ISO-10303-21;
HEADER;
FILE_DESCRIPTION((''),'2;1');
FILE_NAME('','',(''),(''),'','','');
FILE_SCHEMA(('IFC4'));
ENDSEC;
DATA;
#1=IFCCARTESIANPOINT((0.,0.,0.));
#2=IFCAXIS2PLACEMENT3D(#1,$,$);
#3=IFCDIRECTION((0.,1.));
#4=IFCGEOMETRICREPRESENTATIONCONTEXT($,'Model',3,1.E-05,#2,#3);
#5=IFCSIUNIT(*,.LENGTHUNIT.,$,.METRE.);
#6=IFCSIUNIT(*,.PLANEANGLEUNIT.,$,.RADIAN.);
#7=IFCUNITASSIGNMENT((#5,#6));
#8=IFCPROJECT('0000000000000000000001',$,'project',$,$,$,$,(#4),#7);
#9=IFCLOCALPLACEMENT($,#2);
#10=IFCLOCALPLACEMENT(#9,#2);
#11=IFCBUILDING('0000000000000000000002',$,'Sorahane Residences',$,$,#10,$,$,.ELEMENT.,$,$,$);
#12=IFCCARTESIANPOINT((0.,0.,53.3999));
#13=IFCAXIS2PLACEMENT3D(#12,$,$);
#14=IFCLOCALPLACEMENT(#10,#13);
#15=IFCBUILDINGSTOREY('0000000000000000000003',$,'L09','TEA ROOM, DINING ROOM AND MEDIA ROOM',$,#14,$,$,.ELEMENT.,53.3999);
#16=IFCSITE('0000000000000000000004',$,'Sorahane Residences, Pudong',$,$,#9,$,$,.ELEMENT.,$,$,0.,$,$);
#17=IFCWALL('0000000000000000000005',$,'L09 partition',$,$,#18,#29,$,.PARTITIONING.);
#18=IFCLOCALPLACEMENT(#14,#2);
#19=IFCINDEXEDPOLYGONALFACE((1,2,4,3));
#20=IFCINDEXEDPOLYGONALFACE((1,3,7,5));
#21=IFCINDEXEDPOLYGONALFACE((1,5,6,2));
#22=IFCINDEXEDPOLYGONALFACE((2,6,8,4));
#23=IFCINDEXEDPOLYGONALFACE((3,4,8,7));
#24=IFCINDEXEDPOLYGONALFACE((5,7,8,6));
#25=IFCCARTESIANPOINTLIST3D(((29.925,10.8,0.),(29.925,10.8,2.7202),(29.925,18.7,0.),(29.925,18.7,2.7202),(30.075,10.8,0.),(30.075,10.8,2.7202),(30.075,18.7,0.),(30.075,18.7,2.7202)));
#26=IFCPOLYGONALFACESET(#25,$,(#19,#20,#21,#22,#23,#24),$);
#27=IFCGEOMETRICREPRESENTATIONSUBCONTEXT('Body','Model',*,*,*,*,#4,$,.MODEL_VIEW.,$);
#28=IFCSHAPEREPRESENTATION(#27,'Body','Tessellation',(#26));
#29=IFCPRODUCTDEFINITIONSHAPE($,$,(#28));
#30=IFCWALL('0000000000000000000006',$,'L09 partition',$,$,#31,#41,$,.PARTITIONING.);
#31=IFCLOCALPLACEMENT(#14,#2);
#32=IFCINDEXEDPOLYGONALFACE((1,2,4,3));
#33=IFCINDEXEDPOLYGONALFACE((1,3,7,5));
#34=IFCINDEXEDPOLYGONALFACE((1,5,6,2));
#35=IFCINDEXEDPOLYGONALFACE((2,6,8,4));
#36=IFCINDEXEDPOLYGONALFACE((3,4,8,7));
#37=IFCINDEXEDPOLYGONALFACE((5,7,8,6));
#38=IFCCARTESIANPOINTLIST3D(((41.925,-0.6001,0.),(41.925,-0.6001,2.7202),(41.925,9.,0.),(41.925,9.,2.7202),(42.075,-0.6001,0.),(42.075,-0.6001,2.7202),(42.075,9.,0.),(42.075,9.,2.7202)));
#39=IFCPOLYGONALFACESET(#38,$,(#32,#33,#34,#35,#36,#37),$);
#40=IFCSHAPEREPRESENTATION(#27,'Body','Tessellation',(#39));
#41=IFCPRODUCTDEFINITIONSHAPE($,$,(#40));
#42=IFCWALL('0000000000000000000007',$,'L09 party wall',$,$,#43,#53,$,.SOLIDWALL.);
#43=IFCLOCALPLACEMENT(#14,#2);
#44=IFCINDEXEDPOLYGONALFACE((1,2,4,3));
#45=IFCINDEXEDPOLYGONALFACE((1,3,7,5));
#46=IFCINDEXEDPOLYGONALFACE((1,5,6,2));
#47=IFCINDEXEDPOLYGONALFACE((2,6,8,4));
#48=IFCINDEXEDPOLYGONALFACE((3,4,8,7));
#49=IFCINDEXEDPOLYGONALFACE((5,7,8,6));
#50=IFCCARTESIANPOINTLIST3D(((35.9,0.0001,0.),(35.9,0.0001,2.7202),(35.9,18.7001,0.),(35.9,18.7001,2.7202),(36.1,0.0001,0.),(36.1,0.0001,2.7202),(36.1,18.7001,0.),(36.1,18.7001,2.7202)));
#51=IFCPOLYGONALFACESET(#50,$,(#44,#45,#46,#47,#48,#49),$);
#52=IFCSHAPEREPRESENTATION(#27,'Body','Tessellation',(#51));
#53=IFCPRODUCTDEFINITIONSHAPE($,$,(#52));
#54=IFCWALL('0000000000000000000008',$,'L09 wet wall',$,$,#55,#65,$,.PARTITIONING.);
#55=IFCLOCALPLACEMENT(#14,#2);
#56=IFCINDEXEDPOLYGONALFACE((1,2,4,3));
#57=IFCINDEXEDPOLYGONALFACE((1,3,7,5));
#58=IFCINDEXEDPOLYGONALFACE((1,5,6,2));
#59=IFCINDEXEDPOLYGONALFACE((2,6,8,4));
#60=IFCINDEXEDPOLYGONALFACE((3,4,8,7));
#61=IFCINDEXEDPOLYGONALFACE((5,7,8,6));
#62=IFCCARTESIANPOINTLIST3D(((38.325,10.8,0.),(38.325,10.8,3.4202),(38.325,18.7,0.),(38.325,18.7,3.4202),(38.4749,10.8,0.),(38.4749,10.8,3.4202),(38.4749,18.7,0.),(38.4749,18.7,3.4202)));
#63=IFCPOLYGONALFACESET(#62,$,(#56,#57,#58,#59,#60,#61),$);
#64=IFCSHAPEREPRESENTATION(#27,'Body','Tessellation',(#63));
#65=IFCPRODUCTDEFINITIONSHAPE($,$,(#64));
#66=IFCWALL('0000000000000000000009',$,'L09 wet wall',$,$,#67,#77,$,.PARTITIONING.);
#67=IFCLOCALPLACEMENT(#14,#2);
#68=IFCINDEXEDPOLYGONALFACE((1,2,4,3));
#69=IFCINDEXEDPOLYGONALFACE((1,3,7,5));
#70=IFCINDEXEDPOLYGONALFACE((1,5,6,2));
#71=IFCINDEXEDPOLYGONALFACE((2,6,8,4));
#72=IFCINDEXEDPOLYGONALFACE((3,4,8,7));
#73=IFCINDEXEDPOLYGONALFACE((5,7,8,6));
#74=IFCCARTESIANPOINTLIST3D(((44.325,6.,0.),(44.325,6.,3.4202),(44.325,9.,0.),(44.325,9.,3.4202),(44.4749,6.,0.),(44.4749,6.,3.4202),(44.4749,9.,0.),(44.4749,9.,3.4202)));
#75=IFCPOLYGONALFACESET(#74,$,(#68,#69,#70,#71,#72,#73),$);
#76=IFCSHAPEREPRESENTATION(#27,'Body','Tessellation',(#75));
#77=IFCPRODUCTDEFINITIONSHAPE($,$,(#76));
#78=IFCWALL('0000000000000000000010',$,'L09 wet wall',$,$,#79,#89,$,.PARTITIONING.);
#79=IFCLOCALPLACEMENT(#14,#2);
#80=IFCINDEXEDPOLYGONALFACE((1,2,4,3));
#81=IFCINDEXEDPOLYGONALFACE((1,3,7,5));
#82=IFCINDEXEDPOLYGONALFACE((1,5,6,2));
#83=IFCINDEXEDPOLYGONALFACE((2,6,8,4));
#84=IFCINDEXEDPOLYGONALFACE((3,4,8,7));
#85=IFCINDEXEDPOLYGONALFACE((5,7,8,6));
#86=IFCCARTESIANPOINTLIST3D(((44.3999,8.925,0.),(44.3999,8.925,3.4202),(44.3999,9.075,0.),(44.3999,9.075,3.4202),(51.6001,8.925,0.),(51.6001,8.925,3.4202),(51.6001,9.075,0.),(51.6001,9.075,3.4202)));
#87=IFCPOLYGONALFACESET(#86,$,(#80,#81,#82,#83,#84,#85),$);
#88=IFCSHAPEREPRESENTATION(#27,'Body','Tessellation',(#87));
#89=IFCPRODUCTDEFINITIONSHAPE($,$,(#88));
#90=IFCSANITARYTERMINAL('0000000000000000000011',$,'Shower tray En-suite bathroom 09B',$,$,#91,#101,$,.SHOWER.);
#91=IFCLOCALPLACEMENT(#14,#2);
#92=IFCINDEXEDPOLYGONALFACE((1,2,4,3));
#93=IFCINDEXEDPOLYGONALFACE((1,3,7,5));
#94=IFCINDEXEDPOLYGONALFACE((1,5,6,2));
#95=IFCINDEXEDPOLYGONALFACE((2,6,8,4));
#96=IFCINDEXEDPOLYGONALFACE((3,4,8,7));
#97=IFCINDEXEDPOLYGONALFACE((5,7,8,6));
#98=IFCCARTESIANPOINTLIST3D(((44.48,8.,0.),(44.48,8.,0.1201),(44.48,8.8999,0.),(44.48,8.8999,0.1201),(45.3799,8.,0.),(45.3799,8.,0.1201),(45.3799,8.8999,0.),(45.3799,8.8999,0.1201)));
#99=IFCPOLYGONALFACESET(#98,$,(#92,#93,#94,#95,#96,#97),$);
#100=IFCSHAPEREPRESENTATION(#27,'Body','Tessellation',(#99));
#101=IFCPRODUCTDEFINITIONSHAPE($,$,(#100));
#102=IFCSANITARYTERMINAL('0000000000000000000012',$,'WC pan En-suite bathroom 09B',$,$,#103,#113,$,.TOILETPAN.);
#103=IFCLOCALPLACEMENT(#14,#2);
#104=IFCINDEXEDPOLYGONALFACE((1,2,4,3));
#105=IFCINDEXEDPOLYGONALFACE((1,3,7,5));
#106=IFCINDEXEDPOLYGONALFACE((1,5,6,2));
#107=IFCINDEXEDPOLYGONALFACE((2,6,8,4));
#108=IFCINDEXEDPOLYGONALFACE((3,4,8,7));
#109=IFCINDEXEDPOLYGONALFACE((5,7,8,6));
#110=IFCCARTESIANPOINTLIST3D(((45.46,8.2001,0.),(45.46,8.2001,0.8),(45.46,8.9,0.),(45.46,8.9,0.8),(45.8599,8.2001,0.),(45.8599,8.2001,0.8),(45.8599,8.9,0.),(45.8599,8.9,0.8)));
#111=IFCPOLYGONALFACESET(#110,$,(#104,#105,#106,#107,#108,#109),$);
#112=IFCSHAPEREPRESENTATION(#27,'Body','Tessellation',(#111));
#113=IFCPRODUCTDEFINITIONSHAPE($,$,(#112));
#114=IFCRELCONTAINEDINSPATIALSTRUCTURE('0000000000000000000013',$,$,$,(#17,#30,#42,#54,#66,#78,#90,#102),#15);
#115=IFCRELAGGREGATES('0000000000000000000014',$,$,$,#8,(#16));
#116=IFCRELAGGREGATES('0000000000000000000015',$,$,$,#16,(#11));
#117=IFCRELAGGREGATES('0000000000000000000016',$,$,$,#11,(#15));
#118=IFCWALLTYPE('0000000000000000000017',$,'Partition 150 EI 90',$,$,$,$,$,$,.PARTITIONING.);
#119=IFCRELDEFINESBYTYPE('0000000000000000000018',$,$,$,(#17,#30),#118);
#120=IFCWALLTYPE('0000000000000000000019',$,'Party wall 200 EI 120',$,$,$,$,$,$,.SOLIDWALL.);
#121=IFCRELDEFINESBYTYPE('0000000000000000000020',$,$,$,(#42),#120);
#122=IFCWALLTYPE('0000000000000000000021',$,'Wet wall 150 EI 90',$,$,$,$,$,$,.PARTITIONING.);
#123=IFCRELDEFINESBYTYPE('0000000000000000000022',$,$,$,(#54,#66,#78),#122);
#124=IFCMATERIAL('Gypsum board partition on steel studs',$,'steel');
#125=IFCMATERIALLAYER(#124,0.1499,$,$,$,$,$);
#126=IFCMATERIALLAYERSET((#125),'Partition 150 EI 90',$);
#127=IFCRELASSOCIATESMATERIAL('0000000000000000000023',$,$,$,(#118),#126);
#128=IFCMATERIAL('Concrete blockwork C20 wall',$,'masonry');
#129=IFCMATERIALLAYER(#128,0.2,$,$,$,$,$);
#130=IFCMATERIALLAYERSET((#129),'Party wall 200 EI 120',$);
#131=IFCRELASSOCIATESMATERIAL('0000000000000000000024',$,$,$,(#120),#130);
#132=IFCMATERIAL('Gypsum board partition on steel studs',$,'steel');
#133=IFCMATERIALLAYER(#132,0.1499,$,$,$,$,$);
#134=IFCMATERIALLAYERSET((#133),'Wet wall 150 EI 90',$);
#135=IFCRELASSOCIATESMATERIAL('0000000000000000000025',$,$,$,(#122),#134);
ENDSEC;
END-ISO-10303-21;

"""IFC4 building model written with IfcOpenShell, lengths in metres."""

from ifc_helpers import new_model, si_unit, direction, frame, frame_2d, origin, origin_2d, place, context, subcontext, project, spatial, rectangle, extrude, material, layer, layer_set, type_object, element, save


model = new_model("IFC4")

# Units and contexts
model_context = context("Model", 3, precision=1e-05, world=origin(), true_north=direction((0.0, 1.0)))
body_context = subcontext(model_context, "Body", "Model", "MODEL_VIEW")
ifc_project = project(units=[si_unit("LENGTHUNIT", "METRE"), si_unit("PLANEANGLEUNIT", "RADIAN")], contexts=[model_context])

# Site, building, storey
site_placement = place(None, origin())
site = spatial("IfcSite", under=ifc_project, at=site_placement, Name="Sorahane Residences, Pudong", CompositionType="ELEMENT", RefElevation=0.0)
building_placement = place(site_placement, origin())
building = spatial("IfcBuilding", under=site, at=building_placement, Name="Sorahane Residences", CompositionType="ELEMENT")
storey_placement = place(building_placement, frame((0.0, 0.0, 53.3999)))
storey = spatial("IfcBuildingStorey", under=building, at=storey_placement, Name="L09", Description="TEA ROOM, DINING ROOM AND MEDIA ROOM", CompositionType="ELEMENT", Elevation=53.3999)

# Walls
ifc_material_1 = material(Name="Gypsum board partition on steel studs", Category="steel")
ifc_layer_1 = layer(ifc_material_1, 0.1499)
ifc_layer_set_1 = layer_set([ifc_layer_1], Name="Partition 150 EI 90")
wall_type_1 = type_object("IfcWallType", Name="Partition 150 EI 90", PredefinedType="PARTITIONING", material=ifc_layer_set_1)
wall_1_placement = place(storey_placement, frame((30.0, 10.8, 0.0), z_axis=(0.0, 0.0, 1.0), x_axis=(0.0, 1.0, 0.0)))
element("IfcWall", 1, at=wall_1_placement, inside=storey, type_object=wall_type_1, Name="L09 partition", PredefinedType="PARTITIONING", context=body_context, shape_type="SweptSolid", body=[
    extrude(rectangle(XDim=7.8999, YDim=0.1499, at=frame_2d((3.95, 0.0))), origin(), (0.0, 0.0, 1.0), 2.7202),
])
wall_2_placement = place(storey_placement, frame((42.0, -0.6001, 0.0), z_axis=(0.0, 0.0, 1.0), x_axis=(0.0, 1.0, 0.0)))
element("IfcWall", 2, at=wall_2_placement, inside=storey, type_object=wall_type_1, Name="L09 partition", PredefinedType="PARTITIONING", context=body_context, shape_type="SweptSolid", body=[
    extrude(rectangle(XDim=9.6001, YDim=0.1499, at=frame_2d((4.8, 0.0))), origin(), (0.0, 0.0, 1.0), 2.7202),
])

# Walls
ifc_material_2 = material(Name="Concrete blockwork C20 wall", Category="masonry")
ifc_layer_2 = layer(ifc_material_2, 0.2)
ifc_layer_set_2 = layer_set([ifc_layer_2], Name="Party wall 200 EI 120")
wall_type_2 = type_object("IfcWallType", Name="Party wall 200 EI 120", PredefinedType="SOLIDWALL", material=ifc_layer_set_2)
wall_3_placement = place(storey_placement, frame((36.0, 0.0, 0.0), z_axis=(0.0, 0.0, 1.0), x_axis=(0.0, 1.0, 0.0)))
element("IfcWall", 3, at=wall_3_placement, inside=storey, type_object=wall_type_2, Name="L09 party wall", PredefinedType="SOLIDWALL", context=body_context, shape_type="SweptSolid", body=[
    extrude(rectangle(XDim=18.7, YDim=0.2, at=frame_2d((9.3501, 0.0))), origin(), (0.0, 0.0, 1.0), 2.7202),
])
ifc_material_3 = material(Name="Gypsum board partition on steel studs", Category="steel")
ifc_layer_3 = layer(ifc_material_3, 0.1499)
ifc_layer_set_3 = layer_set([ifc_layer_3], Name="Wet wall 150 EI 90")
wall_type_3 = type_object("IfcWallType", Name="Wet wall 150 EI 90", PredefinedType="PARTITIONING", material=ifc_layer_set_3)
wall_4_placement = place(storey_placement, frame((38.3999, 10.8, 0.0), z_axis=(0.0, 0.0, 1.0), x_axis=(0.0, 1.0, 0.0)))
element("IfcWall", 4, at=wall_4_placement, inside=storey, type_object=wall_type_3, Name="L09 wet wall", PredefinedType="PARTITIONING", context=body_context, shape_type="SweptSolid", body=[
    extrude(rectangle(XDim=7.8999, YDim=0.1499, at=frame_2d((3.95, 0.0))), origin(), (0.0, 0.0, 1.0), 3.4202),
])
wall_5_placement = place(storey_placement, frame((44.3999, 6.0, 0.0), z_axis=(0.0, 0.0, 1.0), x_axis=(0.0, 1.0, 0.0)))
element("IfcWall", 5, at=wall_5_placement, inside=storey, type_object=wall_type_3, Name="L09 wet wall", PredefinedType="PARTITIONING", context=body_context, shape_type="SweptSolid", body=[
    extrude(rectangle(XDim=3.0, YDim=0.1499, at=frame_2d((1.5, 0.0))), origin(), (0.0, 0.0, 1.0), 3.4202),
])

# Wall
wall_6_placement = place(storey_placement, frame((44.3999, 9.0, 0.0), z_axis=(0.0, 0.0, 1.0), x_axis=(1.0, 0.0, 0.0)))
element("IfcWall", 6, at=wall_6_placement, inside=storey, type_object=wall_type_3, Name="L09 wet wall", PredefinedType="PARTITIONING", context=body_context, shape_type="SweptSolid", body=[
    extrude(rectangle(XDim=7.2002, YDim=0.1499, at=frame_2d((3.6001, 0.0))), origin(), (0.0, 0.0, 1.0), 3.4202),
])

# Sanitary terminals
sanitary_terminal_1_placement = place(storey_placement, frame((44.9299, 8.45, 0.0), z_axis=(0.0, 0.0, 1.0), x_axis=(1.0, 0.0, 0.0)))
element("IfcSanitaryTerminal", 7, at=sanitary_terminal_1_placement, inside=storey, Name="Shower tray En-suite bathroom 09B", PredefinedType="SHOWER", context=body_context, shape_type="SweptSolid", body=[
    extrude(rectangle(XDim=0.8999, YDim=0.8999, at=origin_2d()), origin(), (0.0, 0.0, 1.0), 0.1201),
])
sanitary_terminal_2_placement = place(storey_placement, frame((45.6599, 8.55, 0.0), z_axis=(0.0, 0.0, 1.0), x_axis=(1.0, 0.0, 0.0)))
element("IfcSanitaryTerminal", 8, at=sanitary_terminal_2_placement, inside=storey, Name="WC pan En-suite bathroom 09B", PredefinedType="TOILETPAN", context=body_context, shape_type="SweptSolid", body=[
    extrude(rectangle(XDim=0.3999, YDim=0.7, at=origin_2d()), origin(), (0.0, 0.0, 1.0), 0.8),
])

save(model, "model.ifc")
